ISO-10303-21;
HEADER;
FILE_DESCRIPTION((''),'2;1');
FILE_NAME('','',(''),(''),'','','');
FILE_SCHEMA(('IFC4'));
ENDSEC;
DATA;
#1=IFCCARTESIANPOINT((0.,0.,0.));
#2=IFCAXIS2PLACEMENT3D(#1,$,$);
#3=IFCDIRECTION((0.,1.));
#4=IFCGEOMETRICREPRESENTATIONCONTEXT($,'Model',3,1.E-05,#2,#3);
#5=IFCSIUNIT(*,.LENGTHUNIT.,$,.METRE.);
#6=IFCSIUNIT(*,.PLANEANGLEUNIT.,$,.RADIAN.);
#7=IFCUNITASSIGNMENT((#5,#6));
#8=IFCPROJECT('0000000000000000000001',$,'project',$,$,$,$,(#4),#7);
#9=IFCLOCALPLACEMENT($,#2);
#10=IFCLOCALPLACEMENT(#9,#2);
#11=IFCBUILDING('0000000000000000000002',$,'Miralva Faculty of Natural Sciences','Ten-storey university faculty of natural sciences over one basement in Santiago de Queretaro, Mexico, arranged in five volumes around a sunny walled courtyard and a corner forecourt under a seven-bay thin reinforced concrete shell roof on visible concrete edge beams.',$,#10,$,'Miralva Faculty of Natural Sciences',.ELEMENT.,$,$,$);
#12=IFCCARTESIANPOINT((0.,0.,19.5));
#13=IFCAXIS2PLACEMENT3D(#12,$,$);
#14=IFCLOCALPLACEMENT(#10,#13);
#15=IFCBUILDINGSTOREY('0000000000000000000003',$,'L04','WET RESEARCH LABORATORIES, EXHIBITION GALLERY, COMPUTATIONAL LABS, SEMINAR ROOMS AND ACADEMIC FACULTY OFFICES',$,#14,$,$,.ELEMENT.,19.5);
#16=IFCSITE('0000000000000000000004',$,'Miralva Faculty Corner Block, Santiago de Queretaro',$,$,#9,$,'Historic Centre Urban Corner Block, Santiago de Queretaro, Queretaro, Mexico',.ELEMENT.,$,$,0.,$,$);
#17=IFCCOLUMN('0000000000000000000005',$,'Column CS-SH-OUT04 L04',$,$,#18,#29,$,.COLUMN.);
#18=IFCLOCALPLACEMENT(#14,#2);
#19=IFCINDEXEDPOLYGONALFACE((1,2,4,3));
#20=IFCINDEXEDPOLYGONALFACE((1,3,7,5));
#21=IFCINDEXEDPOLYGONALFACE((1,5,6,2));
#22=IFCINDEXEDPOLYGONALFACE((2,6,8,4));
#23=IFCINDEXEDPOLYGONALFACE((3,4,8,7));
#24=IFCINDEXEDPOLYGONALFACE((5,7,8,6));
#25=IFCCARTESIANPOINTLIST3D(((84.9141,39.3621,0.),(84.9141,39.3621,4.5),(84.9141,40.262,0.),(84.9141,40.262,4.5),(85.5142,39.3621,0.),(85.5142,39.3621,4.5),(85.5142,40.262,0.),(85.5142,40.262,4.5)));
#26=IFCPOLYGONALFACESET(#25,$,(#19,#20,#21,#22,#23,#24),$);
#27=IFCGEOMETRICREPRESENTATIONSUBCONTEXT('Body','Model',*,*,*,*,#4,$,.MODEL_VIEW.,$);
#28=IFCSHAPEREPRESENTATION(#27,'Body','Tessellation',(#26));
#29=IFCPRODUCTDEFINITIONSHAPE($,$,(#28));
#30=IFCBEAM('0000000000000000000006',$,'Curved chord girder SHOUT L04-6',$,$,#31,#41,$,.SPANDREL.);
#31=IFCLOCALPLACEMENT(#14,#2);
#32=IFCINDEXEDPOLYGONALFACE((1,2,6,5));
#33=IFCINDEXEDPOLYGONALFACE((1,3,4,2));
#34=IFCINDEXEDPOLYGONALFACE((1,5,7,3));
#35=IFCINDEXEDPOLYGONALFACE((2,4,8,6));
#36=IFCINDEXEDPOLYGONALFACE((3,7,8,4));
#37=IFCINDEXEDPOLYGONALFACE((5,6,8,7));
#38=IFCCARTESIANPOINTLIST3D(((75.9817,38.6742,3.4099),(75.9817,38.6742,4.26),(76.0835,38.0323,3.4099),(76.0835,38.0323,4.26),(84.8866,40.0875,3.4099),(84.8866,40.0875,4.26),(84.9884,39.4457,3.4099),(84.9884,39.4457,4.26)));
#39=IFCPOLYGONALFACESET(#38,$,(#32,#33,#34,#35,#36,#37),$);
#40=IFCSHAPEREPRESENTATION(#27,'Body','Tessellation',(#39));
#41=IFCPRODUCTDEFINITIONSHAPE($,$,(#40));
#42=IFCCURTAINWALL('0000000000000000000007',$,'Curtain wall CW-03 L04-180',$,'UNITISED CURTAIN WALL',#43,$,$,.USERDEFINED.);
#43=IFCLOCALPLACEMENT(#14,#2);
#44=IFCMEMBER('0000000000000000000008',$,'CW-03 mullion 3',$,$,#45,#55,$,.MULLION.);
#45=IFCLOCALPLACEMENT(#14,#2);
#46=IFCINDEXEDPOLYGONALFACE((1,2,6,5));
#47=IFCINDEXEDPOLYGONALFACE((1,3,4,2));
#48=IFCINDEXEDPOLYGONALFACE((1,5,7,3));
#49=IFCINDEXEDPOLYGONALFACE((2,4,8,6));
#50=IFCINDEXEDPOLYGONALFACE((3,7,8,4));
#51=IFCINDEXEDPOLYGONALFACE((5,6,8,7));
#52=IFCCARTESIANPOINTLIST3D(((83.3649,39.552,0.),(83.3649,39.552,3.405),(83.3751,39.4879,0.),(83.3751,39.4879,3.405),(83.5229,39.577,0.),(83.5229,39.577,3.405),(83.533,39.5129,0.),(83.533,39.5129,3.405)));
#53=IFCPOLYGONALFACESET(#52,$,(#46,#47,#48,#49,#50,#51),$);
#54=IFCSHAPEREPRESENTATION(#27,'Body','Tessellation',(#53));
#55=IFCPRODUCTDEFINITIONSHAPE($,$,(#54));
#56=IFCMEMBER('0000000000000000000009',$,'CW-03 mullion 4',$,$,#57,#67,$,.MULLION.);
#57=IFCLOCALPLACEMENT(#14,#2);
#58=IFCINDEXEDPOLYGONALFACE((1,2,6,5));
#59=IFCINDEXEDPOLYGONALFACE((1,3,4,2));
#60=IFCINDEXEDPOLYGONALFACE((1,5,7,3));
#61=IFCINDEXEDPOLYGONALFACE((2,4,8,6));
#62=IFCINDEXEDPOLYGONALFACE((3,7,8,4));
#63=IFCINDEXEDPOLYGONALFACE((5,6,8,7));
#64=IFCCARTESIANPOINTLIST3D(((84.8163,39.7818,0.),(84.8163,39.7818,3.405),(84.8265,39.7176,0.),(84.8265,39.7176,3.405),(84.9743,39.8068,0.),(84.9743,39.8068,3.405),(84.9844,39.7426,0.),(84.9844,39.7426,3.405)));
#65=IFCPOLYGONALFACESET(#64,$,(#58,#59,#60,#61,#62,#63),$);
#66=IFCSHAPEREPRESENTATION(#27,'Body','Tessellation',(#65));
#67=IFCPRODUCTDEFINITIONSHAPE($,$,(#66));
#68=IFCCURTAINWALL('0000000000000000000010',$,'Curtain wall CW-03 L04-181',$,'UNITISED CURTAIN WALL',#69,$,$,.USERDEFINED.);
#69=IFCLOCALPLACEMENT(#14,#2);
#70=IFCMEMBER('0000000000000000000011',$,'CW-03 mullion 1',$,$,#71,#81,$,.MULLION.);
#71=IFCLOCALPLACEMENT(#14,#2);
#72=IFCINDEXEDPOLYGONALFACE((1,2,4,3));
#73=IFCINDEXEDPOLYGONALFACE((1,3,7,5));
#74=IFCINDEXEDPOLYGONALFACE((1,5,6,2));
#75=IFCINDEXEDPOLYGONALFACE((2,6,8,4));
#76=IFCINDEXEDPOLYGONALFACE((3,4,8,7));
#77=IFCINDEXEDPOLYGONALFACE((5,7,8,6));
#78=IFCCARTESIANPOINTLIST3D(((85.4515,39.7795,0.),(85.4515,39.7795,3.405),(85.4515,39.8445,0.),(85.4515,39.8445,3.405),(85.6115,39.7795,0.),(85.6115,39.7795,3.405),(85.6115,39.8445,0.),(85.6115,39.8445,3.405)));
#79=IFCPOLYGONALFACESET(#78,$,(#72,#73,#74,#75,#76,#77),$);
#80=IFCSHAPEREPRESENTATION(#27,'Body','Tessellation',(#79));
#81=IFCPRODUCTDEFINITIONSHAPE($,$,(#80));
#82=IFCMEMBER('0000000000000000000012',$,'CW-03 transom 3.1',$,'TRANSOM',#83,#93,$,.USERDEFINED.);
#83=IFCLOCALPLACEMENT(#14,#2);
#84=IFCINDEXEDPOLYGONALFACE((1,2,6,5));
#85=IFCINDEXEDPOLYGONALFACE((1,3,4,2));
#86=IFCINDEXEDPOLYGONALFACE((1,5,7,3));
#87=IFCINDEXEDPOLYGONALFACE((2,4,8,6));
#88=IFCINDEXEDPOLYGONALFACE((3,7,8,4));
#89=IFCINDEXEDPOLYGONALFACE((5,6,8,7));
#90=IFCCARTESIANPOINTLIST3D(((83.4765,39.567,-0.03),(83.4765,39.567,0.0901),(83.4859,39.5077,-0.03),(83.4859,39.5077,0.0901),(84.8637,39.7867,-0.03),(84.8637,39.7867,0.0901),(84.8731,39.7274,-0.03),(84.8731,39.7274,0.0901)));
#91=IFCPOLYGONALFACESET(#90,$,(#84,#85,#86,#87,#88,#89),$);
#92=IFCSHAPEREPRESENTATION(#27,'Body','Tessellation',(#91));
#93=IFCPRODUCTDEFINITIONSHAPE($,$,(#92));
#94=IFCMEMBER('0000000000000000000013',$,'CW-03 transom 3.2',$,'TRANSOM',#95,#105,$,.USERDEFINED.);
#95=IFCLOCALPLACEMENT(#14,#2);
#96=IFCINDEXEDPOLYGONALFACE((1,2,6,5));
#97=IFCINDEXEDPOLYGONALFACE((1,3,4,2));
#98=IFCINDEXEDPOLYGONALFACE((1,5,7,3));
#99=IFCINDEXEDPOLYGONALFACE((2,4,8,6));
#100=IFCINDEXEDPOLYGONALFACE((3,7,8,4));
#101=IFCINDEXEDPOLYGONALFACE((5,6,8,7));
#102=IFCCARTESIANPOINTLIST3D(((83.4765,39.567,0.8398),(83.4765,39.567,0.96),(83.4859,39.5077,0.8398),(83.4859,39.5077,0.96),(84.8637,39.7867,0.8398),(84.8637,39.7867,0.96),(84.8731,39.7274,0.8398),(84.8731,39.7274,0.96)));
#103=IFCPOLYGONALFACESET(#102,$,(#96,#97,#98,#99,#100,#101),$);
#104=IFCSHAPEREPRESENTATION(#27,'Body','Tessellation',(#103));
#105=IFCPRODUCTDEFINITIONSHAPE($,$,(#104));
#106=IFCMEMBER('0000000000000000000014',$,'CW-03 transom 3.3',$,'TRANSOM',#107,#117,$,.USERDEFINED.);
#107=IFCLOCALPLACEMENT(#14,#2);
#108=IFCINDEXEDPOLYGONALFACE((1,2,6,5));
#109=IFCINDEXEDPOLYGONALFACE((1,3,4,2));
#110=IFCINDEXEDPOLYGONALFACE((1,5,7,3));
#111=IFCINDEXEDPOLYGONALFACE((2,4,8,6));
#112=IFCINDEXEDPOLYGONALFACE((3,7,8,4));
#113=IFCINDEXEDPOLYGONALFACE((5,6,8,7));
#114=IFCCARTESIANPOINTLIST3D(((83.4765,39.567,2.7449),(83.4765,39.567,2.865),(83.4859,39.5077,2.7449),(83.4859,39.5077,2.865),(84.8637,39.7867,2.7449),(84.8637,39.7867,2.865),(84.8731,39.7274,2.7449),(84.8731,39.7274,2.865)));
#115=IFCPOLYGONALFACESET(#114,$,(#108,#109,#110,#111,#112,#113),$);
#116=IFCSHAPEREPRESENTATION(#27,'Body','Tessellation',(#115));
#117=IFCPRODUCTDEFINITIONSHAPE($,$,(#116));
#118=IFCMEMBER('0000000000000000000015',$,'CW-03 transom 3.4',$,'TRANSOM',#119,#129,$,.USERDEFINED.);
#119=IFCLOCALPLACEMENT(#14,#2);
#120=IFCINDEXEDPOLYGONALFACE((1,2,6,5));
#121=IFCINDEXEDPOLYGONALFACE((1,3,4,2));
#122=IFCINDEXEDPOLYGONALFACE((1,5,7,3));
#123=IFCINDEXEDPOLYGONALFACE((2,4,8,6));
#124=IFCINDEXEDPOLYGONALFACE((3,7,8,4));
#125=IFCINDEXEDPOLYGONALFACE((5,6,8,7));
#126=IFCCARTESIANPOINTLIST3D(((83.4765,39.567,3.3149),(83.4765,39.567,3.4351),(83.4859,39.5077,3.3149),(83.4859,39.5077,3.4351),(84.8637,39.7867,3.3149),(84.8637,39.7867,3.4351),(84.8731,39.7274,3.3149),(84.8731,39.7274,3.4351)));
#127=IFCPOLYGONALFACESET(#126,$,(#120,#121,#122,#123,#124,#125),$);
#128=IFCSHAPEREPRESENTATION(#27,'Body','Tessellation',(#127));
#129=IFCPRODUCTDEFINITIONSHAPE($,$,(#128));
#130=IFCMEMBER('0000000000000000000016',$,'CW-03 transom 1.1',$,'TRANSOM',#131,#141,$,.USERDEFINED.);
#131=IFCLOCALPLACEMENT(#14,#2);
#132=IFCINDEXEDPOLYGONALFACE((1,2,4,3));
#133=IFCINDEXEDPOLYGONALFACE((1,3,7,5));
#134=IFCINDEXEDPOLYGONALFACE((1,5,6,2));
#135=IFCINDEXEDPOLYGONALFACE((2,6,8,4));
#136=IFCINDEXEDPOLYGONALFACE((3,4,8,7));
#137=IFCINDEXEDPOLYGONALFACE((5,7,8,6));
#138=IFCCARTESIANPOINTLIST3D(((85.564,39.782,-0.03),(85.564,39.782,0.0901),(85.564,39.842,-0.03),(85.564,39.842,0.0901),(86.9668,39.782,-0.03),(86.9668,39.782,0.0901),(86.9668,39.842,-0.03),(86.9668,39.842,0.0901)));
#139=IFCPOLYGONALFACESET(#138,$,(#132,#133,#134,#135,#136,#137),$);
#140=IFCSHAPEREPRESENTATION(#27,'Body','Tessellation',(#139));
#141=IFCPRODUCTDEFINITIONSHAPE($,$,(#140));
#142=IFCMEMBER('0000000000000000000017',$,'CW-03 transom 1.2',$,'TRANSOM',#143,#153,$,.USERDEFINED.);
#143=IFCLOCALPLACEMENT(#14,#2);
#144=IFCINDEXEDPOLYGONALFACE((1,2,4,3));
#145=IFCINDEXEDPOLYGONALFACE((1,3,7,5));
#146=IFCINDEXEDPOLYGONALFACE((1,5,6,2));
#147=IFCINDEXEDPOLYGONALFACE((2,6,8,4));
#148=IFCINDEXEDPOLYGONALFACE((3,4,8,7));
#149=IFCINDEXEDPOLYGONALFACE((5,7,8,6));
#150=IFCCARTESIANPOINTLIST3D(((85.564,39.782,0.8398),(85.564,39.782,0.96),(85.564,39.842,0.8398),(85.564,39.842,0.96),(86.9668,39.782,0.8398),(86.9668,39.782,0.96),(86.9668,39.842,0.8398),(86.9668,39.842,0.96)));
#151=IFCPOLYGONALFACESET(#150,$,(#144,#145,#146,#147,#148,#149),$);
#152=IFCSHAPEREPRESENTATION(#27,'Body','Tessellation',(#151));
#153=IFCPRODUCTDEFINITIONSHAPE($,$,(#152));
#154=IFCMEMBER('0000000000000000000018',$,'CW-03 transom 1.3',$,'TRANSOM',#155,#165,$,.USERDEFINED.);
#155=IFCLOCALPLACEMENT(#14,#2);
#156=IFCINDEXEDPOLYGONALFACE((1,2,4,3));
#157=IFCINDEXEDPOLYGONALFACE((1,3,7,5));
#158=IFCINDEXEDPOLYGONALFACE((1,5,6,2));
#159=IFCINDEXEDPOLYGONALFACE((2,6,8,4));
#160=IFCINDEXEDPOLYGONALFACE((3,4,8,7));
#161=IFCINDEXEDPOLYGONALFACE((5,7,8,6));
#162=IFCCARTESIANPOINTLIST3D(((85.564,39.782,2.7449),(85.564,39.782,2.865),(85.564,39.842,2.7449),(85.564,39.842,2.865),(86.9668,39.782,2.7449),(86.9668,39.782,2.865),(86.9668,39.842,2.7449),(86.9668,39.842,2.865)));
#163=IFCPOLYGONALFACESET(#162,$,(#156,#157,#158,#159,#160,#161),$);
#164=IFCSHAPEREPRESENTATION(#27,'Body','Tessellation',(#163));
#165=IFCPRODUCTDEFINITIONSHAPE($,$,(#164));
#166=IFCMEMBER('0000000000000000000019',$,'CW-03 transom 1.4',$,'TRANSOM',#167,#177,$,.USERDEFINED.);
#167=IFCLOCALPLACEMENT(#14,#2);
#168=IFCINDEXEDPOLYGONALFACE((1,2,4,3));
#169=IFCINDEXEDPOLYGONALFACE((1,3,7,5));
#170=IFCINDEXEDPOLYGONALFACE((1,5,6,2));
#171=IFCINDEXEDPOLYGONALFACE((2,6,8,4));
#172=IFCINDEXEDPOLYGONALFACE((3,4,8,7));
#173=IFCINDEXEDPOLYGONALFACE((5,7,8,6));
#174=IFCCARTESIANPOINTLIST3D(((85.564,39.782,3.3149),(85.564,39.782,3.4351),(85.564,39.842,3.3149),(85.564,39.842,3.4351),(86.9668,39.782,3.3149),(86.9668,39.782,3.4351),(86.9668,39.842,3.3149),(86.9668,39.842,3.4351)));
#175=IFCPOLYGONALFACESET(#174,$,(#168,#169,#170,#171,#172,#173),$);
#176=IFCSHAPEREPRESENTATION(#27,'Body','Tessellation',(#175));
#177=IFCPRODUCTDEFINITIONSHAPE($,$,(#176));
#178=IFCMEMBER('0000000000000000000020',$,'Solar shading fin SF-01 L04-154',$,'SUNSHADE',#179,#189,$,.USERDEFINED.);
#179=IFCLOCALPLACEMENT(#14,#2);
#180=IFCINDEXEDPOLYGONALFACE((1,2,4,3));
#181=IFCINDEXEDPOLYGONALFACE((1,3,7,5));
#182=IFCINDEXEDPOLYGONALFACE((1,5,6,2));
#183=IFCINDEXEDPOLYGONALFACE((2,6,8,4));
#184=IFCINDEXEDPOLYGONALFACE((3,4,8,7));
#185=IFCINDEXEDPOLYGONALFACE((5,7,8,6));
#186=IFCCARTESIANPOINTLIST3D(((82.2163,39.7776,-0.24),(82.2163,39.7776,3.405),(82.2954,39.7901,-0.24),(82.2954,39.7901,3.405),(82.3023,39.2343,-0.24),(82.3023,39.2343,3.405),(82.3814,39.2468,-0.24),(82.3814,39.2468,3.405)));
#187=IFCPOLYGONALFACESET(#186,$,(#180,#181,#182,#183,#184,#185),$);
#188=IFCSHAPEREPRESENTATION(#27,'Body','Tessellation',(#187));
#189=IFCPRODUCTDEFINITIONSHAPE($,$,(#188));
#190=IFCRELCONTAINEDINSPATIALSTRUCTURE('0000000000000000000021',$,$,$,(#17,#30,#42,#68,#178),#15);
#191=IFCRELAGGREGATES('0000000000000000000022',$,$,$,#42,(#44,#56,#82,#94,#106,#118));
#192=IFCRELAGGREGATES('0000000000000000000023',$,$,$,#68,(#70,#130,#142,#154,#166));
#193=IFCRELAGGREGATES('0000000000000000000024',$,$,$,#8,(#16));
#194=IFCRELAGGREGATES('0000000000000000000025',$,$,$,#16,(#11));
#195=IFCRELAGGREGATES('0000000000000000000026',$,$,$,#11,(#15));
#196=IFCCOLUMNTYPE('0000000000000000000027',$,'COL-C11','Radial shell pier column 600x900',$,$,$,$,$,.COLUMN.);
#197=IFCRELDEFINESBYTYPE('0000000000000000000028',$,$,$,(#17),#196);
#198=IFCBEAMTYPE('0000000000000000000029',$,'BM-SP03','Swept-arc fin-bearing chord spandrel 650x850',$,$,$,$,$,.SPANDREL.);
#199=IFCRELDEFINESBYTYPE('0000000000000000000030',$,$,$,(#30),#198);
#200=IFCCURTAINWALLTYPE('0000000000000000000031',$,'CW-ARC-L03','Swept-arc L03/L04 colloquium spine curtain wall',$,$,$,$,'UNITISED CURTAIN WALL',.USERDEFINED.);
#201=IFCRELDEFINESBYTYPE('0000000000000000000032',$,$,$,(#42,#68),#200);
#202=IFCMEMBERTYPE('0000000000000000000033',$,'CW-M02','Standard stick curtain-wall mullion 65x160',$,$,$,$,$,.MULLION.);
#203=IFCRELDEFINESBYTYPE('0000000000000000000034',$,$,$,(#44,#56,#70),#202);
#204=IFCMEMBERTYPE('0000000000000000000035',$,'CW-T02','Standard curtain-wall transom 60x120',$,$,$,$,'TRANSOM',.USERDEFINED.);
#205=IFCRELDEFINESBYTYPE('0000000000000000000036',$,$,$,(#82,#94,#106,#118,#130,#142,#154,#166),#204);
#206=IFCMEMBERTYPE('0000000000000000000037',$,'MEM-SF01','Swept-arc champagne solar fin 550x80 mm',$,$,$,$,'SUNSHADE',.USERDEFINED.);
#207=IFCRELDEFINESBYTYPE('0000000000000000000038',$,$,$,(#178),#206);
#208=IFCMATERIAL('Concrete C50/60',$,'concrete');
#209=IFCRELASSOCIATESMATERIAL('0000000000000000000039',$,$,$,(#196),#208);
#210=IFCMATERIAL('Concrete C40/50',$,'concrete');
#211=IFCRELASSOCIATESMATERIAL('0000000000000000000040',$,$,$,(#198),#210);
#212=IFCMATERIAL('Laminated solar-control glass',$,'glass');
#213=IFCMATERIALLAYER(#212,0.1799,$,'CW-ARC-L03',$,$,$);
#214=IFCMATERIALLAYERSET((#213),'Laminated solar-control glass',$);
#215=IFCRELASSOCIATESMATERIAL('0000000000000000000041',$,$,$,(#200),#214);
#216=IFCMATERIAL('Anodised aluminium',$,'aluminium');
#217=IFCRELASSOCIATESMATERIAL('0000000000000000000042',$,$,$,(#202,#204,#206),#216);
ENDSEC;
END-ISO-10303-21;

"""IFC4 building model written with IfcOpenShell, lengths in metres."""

from ifc_helpers import new_model, si_unit, direction, frame, origin, origin_2d, place, context, subcontext, project, spatial, rectangle, extrude, material, layer, layer_set, material_profile, profile_set, type_object, element, aggregate, save


model = new_model("IFC4")

# Units and contexts
model_context = context("Model", 3, precision=1e-05, world=origin(), true_north=direction((0.0, 1.0)))
body_context = subcontext(model_context, "Body", "Model", "MODEL_VIEW")
ifc_project = project(units=[si_unit("LENGTHUNIT", "METRE"), si_unit("PLANEANGLEUNIT", "RADIAN")], contexts=[model_context])

# Site, building, storey
site_placement = place(None, origin())
site = spatial("IfcSite", under=ifc_project, at=site_placement, Name="Miralva Faculty Corner Block, Santiago de Queretaro", LongName="Historic Centre Urban Corner Block, Santiago de Queretaro, Queretaro, Mexico", CompositionType="ELEMENT", RefElevation=0.0)
building_placement = place(site_placement, origin())
building = spatial("IfcBuilding", under=site, at=building_placement, Name="Miralva Faculty of Natural Sciences", Description="Ten-storey university faculty of natural sciences over one basement in Santiago de Queretaro, Mexico, arranged in five volumes around a sunny walled courtyard and a corner forecourt under a seven-bay thin reinforced concrete shell roof on visible concrete edge beams.", LongName="Miralva Faculty of Natural Sciences", CompositionType="ELEMENT")
storey_placement = place(building_placement, frame((0.0, 0.0, 19.5)))
storey = spatial("IfcBuildingStorey", under=building, at=storey_placement, Name="L04", Description="WET RESEARCH LABORATORIES, EXHIBITION GALLERY, COMPUTATIONAL LABS, SEMINAR ROOMS AND ACADEMIC FACULTY OFFICES", CompositionType="ELEMENT", Elevation=19.5)

# Column
ifc_material_1 = material(Name="Concrete C50/60", Category="concrete")
ifc_material_profile_1 = material_profile(ifc_material_1, rectangle(XDim=0.6001, YDim=0.8999, at=origin_2d()), Name="RC 600x900")
ifc_profile_set_1 = profile_set([ifc_material_profile_1], Name="Concrete C50/60")
column_type = type_object("IfcColumnType", Name="COL-C11", Description="Radial shell pier column 600x900", PredefinedType="COLUMN", material=ifc_profile_set_1)
column_placement = place(storey_placement, frame((85.2141, 39.812, 0.0), z_axis=(0.0, 0.0, 1.0), x_axis=(1.0, 0.0, 0.0)))
element("IfcColumn", 1, at=column_placement, inside=storey, type_object=column_type, Name="Column CS-SH-OUT04 L04", PredefinedType="COLUMN", context=body_context, shape_type="SweptSolid", body=[
    extrude(rectangle(XDim=0.6001, YDim=0.8999, at=origin_2d()), origin(), (0.0, 0.0, 1.0), 4.5),
])

# Beam
ifc_material_2 = material(Name="Concrete C40/50", Category="concrete")
ifc_material_profile_2 = material_profile(ifc_material_2, rectangle(XDim=0.6499, YDim=0.8501, at=origin_2d()), Name="RC 650x850")
ifc_profile_set_2 = profile_set([ifc_material_profile_2], Name="Concrete C40/50")
beam_type = type_object("IfcBeamType", Name="BM-SP03", Description="Swept-arc fin-bearing chord spandrel 650x850", PredefinedType="SPANDREL", material=ifc_profile_set_2)
beam_placement = place(storey_placement, frame((84.9375, 39.7666, 3.835), z_axis=(-0.987638, -0.156754, 0.0), x_axis=(0.156754, -0.987638, 0.0)))
element("IfcBeam", 2, at=beam_placement, inside=storey, type_object=beam_type, Name="Curved chord girder SHOUT L04-6", PredefinedType="SPANDREL", context=body_context, shape_type="SweptSolid", body=[
    extrude(rectangle(XDim=0.6499, YDim=0.8501, at=origin_2d()), origin(), (0.0, 0.0, 1.0), 9.0164),
])

# Curtain wall, members
ifc_material_3 = material(Name="Laminated solar-control glass", Category="glass")
ifc_layer_1 = layer(ifc_material_3, 0.1799, Name="CW-ARC-L03")
ifc_layer_set_1 = layer_set([ifc_layer_1], Name="Laminated solar-control glass")
curtain_wall_type = type_object("IfcCurtainWallType", Name="CW-ARC-L03", Description="Swept-arc L03/L04 colloquium spine curtain wall", ElementType="UNITISED CURTAIN WALL", PredefinedType="USERDEFINED", material=ifc_layer_set_1)
curtain_wall_1_placement = place(storey_placement, origin())
curtain_wall_1 = element("IfcCurtainWall", 3, at=curtain_wall_1_placement, inside=storey, type_object=curtain_wall_type, Name="Curtain wall CW-03 L04-180", ObjectType="UNITISED CURTAIN WALL", PredefinedType="USERDEFINED")
ifc_material_4 = material(Name="Anodised aluminium", Category="aluminium")
ifc_material_profile_3 = material_profile(ifc_material_4, rectangle(XDim=0.0649, YDim=0.1599, at=origin_2d()), Name="MULLION 65x160")
ifc_profile_set_3 = profile_set([ifc_material_profile_3], Name="Anodised aluminium")
member_type_1 = type_object("IfcMemberType", Name="CW-M02", Description="Standard stick curtain-wall mullion 65x160", PredefinedType="MULLION", material=ifc_profile_set_3)
member_1_placement = place(storey_placement, frame((83.449, 39.5325, 0.0), z_axis=(0.0, 0.0, 1.0), x_axis=(-0.156415, 0.987691, 0.0)))
member_1 = element("IfcMember", 4, at=member_1_placement, type_object=member_type_1, Name="CW-03 mullion 3", PredefinedType="MULLION", context=body_context, shape_type="SweptSolid", body=[
    extrude(rectangle(XDim=0.0649, YDim=0.1599, at=origin_2d()), origin(), (0.0, 0.0, 1.0), 3.405),
])
member_2_placement = place(storey_placement, frame((84.9004, 39.7622, 0.0), z_axis=(0.0, 0.0, 1.0), x_axis=(-0.156415, 0.987691, 0.0)))
member_2 = element("IfcMember", 5, at=member_2_placement, type_object=member_type_1, Name="CW-03 mullion 4", PredefinedType="MULLION", context=body_context, shape_type="SweptSolid", body=[
    extrude(rectangle(XDim=0.0649, YDim=0.1599, at=origin_2d()), origin(), (0.0, 0.0, 1.0), 3.405),
])

# Curtain wall, member
curtain_wall_2_placement = place(storey_placement, origin())
curtain_wall_2 = element("IfcCurtainWall", 6, at=curtain_wall_2_placement, inside=storey, type_object=curtain_wall_type, Name="Curtain wall CW-03 L04-181", ObjectType="UNITISED CURTAIN WALL", PredefinedType="USERDEFINED")
member_3_placement = place(storey_placement, frame((85.5315, 39.812, 0.0), z_axis=(0.0, 0.0, 1.0), x_axis=(0.0, 1.0, 0.0)))
member_3 = element("IfcMember", 7, at=member_3_placement, type_object=member_type_1, Name="CW-03 mullion 1", PredefinedType="MULLION", context=body_context, shape_type="SweptSolid", body=[
    extrude(rectangle(XDim=0.0649, YDim=0.1599, at=origin_2d()), origin(), (0.0, 0.0, 1.0), 3.405),
])

# Members
ifc_material_profile_4 = material_profile(ifc_material_4, rectangle(XDim=0.0601, YDim=0.1201, at=origin_2d()), Name="TRANSOM 60x120")
ifc_profile_set_4 = profile_set([ifc_material_profile_4], Name="Anodised aluminium")
member_type_2 = type_object("IfcMemberType", Name="CW-T02", Description="Standard curtain-wall transom 60x120", ElementType="TRANSOM", PredefinedType="USERDEFINED", material=ifc_profile_set_4)
member_4_placement = place(storey_placement, frame((83.4812, 39.5374, 0.03), z_axis=(0.987687, 0.156445, 0.0), x_axis=(-0.156445, 0.987687, 0.0)))
member_4 = element("IfcMember", 8, at=member_4_placement, type_object=member_type_2, Name="CW-03 transom 3.1", ObjectType="TRANSOM", PredefinedType="USERDEFINED", context=body_context, shape_type="SweptSolid", body=[
    extrude(rectangle(XDim=0.0601, YDim=0.1201, at=origin_2d()), origin(), (0.0, 0.0, 1.0), 1.4045),
])
member_5_placement = place(storey_placement, frame((83.4812, 39.5374, 0.8999), z_axis=(0.987687, 0.156445, 0.0), x_axis=(-0.156445, 0.987687, 0.0)))
member_5 = element("IfcMember", 9, at=member_5_placement, type_object=member_type_2, Name="CW-03 transom 3.2", ObjectType="TRANSOM", PredefinedType="USERDEFINED", context=body_context, shape_type="SweptSolid", body=[
    extrude(rectangle(XDim=0.0601, YDim=0.1201, at=origin_2d()), origin(), (0.0, 0.0, 1.0), 1.4045),
])
member_6_placement = place(storey_placement, frame((83.4812, 39.5374, 2.8049), z_axis=(0.987687, 0.156445, 0.0), x_axis=(-0.156445, 0.987687, 0.0)))
member_6 = element("IfcMember", 10, at=member_6_placement, type_object=member_type_2, Name="CW-03 transom 3.3", ObjectType="TRANSOM", PredefinedType="USERDEFINED", context=body_context, shape_type="SweptSolid", body=[
    extrude(rectangle(XDim=0.0601, YDim=0.1201, at=origin_2d()), origin(), (0.0, 0.0, 1.0), 1.4045),
])
member_7_placement = place(storey_placement, frame((83.4812, 39.5374, 3.375), z_axis=(0.987687, 0.156445, 0.0), x_axis=(-0.156445, 0.987687, 0.0)))
member_7 = element("IfcMember", 11, at=member_7_placement, type_object=member_type_2, Name="CW-03 transom 3.4", ObjectType="TRANSOM", PredefinedType="USERDEFINED", context=body_context, shape_type="SweptSolid", body=[
    extrude(rectangle(XDim=0.0601, YDim=0.1201, at=origin_2d()), origin(), (0.0, 0.0, 1.0), 1.4045),
])
member_8_placement = place(storey_placement, frame((85.564, 39.812, 0.03), z_axis=(1.0, 0.0, 0.0), x_axis=(0.0, 1.0, 0.0)))
member_8 = element("IfcMember", 12, at=member_8_placement, type_object=member_type_2, Name="CW-03 transom 1.1", ObjectType="TRANSOM", PredefinedType="USERDEFINED", context=body_context, shape_type="SweptSolid", body=[
    extrude(rectangle(XDim=0.0601, YDim=0.1201, at=origin_2d()), origin(), (0.0, 0.0, 1.0), 1.4028),
])
member_9_placement = place(storey_placement, frame((85.564, 39.812, 0.8999), z_axis=(1.0, 0.0, 0.0), x_axis=(0.0, 1.0, 0.0)))
member_9 = element("IfcMember", 13, at=member_9_placement, type_object=member_type_2, Name="CW-03 transom 1.2", ObjectType="TRANSOM", PredefinedType="USERDEFINED", context=body_context, shape_type="SweptSolid", body=[
    extrude(rectangle(XDim=0.0601, YDim=0.1201, at=origin_2d()), origin(), (0.0, 0.0, 1.0), 1.4028),
])
member_10_placement = place(storey_placement, frame((85.564, 39.812, 2.8049), z_axis=(1.0, 0.0, 0.0), x_axis=(0.0, 1.0, 0.0)))
member_10 = element("IfcMember", 14, at=member_10_placement, type_object=member_type_2, Name="CW-03 transom 1.3", ObjectType="TRANSOM", PredefinedType="USERDEFINED", context=body_context, shape_type="SweptSolid", body=[
    extrude(rectangle(XDim=0.0601, YDim=0.1201, at=origin_2d()), origin(), (0.0, 0.0, 1.0), 1.4028),
])
member_11_placement = place(storey_placement, frame((85.564, 39.812, 3.375), z_axis=(1.0, 0.0, 0.0), x_axis=(0.0, 1.0, 0.0)))
member_11 = element("IfcMember", 15, at=member_11_placement, type_object=member_type_2, Name="CW-03 transom 1.4", ObjectType="TRANSOM", PredefinedType="USERDEFINED", context=body_context, shape_type="SweptSolid", body=[
    extrude(rectangle(XDim=0.0601, YDim=0.1201, at=origin_2d()), origin(), (0.0, 0.0, 1.0), 1.4028),
])

# Member
ifc_material_profile_5 = material_profile(ifc_material_4, rectangle(XDim=0.0801, YDim=0.55, at=origin_2d()), Name="FIN 550x80")
ifc_profile_set_5 = profile_set([ifc_material_profile_5], Name="Anodised aluminium")
member_type_3 = type_object("IfcMemberType", Name="MEM-SF01", Description="Swept-arc champagne solar fin 550x80 mm", ElementType="SUNSHADE", PredefinedType="USERDEFINED", material=ifc_profile_set_5)
for number, where, z_axis, x_axis, name in (
    (16, (82.2988, 39.5122, -0.24), (0.0, 0.0, 1.0), (-0.987688, -0.156434, 0.0), "Solar shading fin SF-01 L04-154"),
):
    element("IfcMember", number, at=place(storey_placement, frame(where, z_axis=z_axis, x_axis=x_axis)), inside=storey, type_object=member_type_3, Name=name, ObjectType="SUNSHADE", PredefinedType="USERDEFINED", context=body_context, shape_type="SweptSolid", body=[
        extrude(rectangle(XDim=0.0801, YDim=0.55, at=origin_2d()), origin(), (0.0, 0.0, 1.0), 3.645),
    ])

aggregate(curtain_wall_1, [member_1, member_2, member_4, member_5, member_6, member_7])
aggregate(curtain_wall_2, [member_3, member_8, member_9, member_10, member_11])

save(model, "model.ifc")
